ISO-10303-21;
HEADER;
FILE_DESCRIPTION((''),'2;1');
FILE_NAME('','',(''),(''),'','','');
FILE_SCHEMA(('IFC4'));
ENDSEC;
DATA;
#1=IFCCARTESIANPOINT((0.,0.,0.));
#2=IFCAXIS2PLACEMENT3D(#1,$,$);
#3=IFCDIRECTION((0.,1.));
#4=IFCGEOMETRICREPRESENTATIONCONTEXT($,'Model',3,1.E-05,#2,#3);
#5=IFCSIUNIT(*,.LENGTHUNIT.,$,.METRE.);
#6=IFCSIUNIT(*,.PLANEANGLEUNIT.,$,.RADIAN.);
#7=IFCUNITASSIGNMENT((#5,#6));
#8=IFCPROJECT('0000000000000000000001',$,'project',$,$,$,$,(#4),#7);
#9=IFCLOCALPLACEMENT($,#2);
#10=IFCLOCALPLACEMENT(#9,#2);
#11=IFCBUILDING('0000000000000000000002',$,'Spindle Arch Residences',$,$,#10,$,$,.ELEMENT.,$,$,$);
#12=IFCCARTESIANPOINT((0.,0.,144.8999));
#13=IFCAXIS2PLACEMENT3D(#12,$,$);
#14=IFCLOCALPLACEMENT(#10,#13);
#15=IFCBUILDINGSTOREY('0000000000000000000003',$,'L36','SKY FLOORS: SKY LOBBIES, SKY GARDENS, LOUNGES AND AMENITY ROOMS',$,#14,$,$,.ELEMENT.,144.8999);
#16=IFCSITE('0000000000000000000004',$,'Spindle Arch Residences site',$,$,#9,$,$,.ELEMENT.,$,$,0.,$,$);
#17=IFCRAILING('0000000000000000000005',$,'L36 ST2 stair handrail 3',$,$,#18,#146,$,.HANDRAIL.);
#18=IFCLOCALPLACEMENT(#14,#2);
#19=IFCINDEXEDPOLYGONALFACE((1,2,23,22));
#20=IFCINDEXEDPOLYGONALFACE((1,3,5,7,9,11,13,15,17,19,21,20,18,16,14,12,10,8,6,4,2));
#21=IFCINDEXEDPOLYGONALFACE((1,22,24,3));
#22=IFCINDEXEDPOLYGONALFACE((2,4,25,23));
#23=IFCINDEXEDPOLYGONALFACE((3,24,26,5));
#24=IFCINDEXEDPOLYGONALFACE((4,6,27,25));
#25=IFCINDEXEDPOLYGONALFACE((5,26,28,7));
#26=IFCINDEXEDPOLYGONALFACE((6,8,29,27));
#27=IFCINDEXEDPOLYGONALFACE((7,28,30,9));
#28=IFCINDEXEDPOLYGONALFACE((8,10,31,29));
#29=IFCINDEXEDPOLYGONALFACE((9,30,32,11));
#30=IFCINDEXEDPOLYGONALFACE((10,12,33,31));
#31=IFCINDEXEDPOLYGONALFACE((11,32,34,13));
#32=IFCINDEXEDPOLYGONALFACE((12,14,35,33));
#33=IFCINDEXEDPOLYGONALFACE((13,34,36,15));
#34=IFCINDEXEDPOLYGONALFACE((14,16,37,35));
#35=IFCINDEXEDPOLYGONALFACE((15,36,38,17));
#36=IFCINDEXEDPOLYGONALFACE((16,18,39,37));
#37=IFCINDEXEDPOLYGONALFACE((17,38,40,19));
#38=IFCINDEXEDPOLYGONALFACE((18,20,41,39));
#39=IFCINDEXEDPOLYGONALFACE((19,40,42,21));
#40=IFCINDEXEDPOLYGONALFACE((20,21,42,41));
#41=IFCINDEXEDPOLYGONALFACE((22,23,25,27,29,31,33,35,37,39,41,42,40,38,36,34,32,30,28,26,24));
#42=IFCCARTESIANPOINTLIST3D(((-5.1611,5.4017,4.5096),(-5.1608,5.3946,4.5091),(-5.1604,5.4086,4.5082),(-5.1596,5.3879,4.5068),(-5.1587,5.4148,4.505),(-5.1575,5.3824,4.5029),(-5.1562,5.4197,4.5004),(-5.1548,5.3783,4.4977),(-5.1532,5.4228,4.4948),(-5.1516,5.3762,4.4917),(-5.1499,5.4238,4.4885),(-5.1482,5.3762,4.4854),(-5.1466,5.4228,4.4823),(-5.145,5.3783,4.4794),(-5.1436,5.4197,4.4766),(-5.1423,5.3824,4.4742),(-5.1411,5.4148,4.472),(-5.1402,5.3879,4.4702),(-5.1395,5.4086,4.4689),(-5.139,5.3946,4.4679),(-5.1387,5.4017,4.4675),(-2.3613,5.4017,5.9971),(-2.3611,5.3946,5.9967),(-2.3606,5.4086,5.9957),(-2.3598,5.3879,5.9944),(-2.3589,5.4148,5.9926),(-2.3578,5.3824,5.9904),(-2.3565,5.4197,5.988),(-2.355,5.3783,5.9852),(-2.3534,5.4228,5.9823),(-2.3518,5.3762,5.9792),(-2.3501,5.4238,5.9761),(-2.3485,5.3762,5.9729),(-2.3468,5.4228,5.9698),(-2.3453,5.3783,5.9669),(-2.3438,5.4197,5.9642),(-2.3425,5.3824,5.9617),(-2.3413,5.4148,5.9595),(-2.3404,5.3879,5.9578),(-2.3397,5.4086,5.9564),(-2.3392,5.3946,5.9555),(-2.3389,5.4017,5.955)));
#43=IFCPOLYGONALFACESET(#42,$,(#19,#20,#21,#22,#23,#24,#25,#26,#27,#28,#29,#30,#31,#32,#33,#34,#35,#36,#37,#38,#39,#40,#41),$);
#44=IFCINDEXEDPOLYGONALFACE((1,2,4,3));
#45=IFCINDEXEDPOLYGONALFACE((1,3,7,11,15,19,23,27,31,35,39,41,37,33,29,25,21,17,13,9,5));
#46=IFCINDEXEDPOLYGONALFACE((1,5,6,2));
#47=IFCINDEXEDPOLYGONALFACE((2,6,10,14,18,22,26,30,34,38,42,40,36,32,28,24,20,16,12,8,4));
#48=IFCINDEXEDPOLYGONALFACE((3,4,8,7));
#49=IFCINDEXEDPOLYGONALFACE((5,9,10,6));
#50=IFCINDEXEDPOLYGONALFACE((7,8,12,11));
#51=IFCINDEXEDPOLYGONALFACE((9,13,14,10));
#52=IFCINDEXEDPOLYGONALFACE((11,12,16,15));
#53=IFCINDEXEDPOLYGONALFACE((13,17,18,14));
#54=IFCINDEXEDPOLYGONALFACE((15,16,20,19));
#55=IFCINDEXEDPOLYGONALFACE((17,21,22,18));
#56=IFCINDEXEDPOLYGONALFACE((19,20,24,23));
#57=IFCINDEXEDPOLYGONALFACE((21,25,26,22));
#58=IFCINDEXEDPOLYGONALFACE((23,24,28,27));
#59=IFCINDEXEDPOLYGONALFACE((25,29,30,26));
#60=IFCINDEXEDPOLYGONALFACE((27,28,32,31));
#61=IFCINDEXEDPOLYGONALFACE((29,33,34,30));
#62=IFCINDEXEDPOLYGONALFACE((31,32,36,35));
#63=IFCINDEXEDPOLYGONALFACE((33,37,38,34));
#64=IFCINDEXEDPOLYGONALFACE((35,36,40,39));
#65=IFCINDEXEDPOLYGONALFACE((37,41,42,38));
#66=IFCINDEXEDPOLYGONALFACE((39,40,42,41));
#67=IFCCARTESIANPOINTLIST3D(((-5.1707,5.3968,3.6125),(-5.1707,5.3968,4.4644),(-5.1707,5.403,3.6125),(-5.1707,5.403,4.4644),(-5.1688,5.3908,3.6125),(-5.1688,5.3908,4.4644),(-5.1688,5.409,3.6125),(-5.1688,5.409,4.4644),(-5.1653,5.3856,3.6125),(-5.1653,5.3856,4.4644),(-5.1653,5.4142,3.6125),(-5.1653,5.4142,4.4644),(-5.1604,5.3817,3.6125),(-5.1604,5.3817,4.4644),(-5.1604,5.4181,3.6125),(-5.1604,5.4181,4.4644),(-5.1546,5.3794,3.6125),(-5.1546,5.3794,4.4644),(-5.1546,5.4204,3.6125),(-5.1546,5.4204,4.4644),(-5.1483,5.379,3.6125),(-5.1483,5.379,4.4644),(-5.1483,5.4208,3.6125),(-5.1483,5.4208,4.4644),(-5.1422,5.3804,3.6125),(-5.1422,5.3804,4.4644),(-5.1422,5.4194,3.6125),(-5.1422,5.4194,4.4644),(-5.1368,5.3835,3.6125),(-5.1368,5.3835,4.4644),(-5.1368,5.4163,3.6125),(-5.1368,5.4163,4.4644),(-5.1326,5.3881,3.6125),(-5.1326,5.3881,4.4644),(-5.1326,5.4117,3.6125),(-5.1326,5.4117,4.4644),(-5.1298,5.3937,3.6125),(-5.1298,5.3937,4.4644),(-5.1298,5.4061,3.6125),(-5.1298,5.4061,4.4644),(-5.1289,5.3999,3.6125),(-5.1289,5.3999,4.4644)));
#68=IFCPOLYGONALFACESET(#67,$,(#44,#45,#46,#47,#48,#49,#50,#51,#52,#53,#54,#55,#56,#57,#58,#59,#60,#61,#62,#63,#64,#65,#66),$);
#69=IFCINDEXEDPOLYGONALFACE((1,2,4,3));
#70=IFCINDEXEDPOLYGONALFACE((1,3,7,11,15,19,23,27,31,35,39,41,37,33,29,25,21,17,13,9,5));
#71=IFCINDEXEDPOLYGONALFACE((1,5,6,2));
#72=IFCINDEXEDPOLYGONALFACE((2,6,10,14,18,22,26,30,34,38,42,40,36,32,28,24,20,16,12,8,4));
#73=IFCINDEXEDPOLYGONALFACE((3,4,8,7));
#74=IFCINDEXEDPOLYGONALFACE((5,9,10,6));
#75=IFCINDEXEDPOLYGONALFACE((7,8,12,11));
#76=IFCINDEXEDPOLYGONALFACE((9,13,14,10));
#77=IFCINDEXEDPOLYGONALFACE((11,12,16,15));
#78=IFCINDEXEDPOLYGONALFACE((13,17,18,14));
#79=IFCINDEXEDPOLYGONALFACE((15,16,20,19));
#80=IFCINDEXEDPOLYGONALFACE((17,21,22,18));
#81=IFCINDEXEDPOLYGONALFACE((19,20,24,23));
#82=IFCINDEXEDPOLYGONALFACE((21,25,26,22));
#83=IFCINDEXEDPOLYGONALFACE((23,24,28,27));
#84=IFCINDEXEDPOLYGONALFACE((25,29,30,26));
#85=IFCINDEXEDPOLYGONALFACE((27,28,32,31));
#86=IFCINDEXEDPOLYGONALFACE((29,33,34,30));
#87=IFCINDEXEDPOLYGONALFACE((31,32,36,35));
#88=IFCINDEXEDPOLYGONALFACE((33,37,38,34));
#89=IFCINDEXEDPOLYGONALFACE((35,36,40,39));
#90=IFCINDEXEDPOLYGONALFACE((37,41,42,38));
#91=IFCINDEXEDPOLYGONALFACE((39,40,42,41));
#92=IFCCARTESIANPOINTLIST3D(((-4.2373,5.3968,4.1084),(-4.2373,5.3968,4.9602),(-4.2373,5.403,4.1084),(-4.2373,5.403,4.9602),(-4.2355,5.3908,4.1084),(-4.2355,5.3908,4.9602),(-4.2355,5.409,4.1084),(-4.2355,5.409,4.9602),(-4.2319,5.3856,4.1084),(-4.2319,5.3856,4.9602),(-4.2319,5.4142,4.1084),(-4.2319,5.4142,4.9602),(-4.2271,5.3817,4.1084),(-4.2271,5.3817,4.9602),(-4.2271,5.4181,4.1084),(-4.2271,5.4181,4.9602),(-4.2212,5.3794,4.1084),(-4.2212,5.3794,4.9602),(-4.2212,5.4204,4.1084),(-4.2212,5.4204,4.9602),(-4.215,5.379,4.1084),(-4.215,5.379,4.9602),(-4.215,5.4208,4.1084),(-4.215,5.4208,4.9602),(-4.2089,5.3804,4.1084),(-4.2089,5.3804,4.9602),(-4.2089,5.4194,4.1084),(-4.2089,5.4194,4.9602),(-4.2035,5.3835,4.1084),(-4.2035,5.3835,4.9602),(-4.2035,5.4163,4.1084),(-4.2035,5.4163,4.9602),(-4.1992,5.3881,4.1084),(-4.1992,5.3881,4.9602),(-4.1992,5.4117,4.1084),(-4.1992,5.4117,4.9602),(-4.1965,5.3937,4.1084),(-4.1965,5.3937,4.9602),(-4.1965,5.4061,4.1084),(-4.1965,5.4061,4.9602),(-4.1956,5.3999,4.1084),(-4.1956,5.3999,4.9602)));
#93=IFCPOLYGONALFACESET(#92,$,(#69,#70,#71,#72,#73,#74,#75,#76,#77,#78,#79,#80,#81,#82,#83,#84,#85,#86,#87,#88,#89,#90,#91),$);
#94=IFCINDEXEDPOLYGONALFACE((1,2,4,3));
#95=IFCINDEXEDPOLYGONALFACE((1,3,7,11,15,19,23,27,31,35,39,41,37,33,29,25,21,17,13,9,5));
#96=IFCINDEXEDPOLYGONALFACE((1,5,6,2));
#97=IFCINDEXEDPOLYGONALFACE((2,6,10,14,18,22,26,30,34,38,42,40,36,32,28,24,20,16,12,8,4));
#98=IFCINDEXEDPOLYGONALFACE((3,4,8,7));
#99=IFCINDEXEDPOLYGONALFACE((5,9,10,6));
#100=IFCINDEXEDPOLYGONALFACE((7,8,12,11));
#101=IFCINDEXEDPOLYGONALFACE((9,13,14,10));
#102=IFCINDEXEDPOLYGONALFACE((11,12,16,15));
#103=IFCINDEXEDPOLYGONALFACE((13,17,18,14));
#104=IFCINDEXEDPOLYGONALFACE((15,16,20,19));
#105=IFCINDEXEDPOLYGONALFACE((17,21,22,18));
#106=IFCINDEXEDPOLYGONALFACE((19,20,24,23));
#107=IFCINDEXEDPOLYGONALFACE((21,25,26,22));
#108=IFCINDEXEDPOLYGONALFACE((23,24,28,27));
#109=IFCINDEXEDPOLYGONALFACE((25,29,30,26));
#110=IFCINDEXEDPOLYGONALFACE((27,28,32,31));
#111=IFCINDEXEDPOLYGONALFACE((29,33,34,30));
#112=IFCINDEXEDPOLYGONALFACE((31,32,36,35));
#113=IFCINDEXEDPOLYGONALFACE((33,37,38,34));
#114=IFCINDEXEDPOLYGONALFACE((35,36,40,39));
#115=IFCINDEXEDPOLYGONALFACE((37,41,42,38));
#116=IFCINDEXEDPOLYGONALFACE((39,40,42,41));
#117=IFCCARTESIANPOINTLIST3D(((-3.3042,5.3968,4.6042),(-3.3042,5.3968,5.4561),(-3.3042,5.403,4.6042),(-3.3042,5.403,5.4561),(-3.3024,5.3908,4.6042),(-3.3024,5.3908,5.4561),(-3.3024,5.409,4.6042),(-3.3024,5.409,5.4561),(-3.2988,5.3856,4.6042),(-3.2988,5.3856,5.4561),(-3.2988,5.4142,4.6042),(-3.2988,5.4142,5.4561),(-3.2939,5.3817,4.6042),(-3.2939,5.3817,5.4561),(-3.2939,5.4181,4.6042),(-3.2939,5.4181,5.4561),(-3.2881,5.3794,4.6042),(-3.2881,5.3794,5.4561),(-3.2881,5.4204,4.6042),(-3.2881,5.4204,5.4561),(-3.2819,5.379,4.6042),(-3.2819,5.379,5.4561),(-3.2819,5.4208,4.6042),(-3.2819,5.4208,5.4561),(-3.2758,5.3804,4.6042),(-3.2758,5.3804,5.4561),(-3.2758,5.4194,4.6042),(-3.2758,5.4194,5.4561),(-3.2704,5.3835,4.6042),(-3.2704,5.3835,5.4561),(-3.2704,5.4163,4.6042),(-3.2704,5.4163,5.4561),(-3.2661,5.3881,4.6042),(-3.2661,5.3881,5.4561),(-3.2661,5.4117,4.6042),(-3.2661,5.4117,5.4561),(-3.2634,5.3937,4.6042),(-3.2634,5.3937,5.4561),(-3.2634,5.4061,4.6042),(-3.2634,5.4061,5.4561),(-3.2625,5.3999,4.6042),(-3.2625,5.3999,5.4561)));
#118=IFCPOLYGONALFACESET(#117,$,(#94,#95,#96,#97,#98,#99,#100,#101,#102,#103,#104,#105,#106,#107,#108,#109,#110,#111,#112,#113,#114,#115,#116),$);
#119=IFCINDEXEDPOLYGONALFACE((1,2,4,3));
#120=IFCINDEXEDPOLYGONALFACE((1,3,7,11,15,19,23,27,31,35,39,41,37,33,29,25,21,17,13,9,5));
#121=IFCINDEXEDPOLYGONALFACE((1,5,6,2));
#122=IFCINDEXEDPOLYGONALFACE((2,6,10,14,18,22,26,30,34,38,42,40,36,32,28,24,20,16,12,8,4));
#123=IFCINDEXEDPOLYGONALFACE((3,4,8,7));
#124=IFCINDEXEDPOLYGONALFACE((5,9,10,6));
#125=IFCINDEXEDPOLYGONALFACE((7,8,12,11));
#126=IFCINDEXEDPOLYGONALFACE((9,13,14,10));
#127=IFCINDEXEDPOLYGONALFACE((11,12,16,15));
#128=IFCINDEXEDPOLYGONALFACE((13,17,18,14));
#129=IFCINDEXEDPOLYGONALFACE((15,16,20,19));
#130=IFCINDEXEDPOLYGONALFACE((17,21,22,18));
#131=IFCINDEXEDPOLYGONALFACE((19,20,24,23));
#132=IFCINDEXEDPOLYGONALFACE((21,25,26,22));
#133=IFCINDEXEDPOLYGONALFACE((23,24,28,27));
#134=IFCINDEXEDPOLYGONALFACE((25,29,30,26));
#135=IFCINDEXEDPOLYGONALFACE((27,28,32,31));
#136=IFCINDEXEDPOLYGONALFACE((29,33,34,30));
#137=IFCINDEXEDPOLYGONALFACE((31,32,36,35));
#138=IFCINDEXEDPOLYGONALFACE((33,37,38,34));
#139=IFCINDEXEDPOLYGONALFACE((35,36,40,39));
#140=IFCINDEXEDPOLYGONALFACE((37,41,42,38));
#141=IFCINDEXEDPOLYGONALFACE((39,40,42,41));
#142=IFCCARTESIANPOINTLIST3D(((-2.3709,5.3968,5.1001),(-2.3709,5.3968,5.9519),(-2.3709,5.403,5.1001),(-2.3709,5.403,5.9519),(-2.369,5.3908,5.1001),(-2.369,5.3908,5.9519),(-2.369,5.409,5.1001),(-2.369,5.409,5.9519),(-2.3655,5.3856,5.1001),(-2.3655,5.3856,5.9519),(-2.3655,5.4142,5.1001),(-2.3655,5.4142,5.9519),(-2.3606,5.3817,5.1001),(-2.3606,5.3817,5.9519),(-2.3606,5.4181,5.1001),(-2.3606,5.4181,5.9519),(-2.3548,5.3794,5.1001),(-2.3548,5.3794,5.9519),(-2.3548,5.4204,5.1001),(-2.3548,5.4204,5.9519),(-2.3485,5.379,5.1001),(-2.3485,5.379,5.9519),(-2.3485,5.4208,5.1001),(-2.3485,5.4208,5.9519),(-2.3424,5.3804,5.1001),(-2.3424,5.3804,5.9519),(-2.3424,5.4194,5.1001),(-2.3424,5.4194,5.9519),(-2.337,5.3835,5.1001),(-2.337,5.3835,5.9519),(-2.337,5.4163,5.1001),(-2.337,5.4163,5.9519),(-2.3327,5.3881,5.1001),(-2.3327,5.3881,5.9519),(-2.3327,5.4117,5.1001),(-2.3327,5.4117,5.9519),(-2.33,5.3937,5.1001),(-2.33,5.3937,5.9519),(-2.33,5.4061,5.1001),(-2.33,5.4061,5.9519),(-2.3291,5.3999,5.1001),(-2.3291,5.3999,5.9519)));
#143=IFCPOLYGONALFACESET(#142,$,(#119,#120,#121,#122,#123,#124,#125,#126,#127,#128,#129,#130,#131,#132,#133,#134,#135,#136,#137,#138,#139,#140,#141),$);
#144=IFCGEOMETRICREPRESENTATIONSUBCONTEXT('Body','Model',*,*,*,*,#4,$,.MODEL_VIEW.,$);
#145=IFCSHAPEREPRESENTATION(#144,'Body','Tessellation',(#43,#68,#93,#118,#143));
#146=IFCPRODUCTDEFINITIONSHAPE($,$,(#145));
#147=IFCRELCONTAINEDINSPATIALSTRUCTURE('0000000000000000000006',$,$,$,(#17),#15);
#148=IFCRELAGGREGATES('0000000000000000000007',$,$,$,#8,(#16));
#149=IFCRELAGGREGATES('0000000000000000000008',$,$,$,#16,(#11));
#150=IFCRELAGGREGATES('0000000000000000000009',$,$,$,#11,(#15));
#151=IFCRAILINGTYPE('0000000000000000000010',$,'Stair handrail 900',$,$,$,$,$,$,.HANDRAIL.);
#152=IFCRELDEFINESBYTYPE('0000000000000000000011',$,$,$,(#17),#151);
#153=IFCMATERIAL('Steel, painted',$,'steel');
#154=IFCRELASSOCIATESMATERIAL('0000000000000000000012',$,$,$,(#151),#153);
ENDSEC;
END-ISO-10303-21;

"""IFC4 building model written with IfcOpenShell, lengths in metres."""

from ifc_helpers import new_model, si_unit, direction, frame, origin, origin_2d, place, context, subcontext, project, spatial, circle, extrude, material, type_object, element, save


model = new_model("IFC4")

# Units and contexts
model_context = context("Model", 3, precision=1e-05, world=origin(), true_north=direction((0.0, 1.0)))
body_context = subcontext(model_context, "Body", "Model", "MODEL_VIEW")
ifc_project = project(units=[si_unit("LENGTHUNIT", "METRE"), si_unit("PLANEANGLEUNIT", "RADIAN")], contexts=[model_context])

# Site, building, storey
site_placement = place(None, origin())
site = spatial("IfcSite", under=ifc_project, at=site_placement, Name="Spindle Arch Residences site", CompositionType="ELEMENT", RefElevation=0.0)
building_placement = place(site_placement, origin())
building = spatial("IfcBuilding", under=site, at=building_placement, Name="Spindle Arch Residences", CompositionType="ELEMENT")
storey_placement = place(building_placement, frame((0.0, 0.0, 144.8999)))
storey = spatial("IfcBuildingStorey", under=building, at=storey_placement, Name="L36", Description="SKY FLOORS: SKY LOBBIES, SKY GARDENS, LOUNGES AND AMENITY ROOMS", CompositionType="ELEMENT", Elevation=144.8999)

# Railing
ifc_material_1 = material(Name="Steel, painted", Category="steel")
railing_type_1 = type_object("IfcRailingType", Name="Stair handrail 900", PredefinedType="HANDRAIL", material=ifc_material_1)
railing_1_placement = place(storey_placement, frame((-5.1499, 5.3999, 3.6125)))
element("IfcRailing", 1, at=railing_1_placement, inside=storey, type_object=railing_type_1, Name="L36 ST2 stair handrail 3", PredefinedType="HANDRAIL", context=body_context, shape_type="SweptSolid", body=[
    extrude(circle(Radius=0.0239, at=origin_2d()), frame((0.0, 0.0, 0.876), z_axis=(0.883096, 0.0, 0.469193), x_axis=(0.0, 1.0, 0.0)), (0.0, 0.0, 1.0), 3.1704),
    extrude(circle(Radius=0.021, at=origin_2d()), origin(), (0.0, 0.0, 1.0), 0.8518),
    extrude(circle(Radius=0.021, at=origin_2d()), frame((0.9333, 0.0, 0.4958)), (0.0, 0.0, 1.0), 0.8518),
    extrude(circle(Radius=0.021, at=origin_2d()), frame((1.8665, 0.0, 0.9917)), (0.0, 0.0, 1.0), 0.8518),
    extrude(circle(Radius=0.021, at=origin_2d()), frame((2.7998, 0.0, 1.4875)), (0.0, 0.0, 1.0), 0.8518),
])

save(model, "model.ifc")
